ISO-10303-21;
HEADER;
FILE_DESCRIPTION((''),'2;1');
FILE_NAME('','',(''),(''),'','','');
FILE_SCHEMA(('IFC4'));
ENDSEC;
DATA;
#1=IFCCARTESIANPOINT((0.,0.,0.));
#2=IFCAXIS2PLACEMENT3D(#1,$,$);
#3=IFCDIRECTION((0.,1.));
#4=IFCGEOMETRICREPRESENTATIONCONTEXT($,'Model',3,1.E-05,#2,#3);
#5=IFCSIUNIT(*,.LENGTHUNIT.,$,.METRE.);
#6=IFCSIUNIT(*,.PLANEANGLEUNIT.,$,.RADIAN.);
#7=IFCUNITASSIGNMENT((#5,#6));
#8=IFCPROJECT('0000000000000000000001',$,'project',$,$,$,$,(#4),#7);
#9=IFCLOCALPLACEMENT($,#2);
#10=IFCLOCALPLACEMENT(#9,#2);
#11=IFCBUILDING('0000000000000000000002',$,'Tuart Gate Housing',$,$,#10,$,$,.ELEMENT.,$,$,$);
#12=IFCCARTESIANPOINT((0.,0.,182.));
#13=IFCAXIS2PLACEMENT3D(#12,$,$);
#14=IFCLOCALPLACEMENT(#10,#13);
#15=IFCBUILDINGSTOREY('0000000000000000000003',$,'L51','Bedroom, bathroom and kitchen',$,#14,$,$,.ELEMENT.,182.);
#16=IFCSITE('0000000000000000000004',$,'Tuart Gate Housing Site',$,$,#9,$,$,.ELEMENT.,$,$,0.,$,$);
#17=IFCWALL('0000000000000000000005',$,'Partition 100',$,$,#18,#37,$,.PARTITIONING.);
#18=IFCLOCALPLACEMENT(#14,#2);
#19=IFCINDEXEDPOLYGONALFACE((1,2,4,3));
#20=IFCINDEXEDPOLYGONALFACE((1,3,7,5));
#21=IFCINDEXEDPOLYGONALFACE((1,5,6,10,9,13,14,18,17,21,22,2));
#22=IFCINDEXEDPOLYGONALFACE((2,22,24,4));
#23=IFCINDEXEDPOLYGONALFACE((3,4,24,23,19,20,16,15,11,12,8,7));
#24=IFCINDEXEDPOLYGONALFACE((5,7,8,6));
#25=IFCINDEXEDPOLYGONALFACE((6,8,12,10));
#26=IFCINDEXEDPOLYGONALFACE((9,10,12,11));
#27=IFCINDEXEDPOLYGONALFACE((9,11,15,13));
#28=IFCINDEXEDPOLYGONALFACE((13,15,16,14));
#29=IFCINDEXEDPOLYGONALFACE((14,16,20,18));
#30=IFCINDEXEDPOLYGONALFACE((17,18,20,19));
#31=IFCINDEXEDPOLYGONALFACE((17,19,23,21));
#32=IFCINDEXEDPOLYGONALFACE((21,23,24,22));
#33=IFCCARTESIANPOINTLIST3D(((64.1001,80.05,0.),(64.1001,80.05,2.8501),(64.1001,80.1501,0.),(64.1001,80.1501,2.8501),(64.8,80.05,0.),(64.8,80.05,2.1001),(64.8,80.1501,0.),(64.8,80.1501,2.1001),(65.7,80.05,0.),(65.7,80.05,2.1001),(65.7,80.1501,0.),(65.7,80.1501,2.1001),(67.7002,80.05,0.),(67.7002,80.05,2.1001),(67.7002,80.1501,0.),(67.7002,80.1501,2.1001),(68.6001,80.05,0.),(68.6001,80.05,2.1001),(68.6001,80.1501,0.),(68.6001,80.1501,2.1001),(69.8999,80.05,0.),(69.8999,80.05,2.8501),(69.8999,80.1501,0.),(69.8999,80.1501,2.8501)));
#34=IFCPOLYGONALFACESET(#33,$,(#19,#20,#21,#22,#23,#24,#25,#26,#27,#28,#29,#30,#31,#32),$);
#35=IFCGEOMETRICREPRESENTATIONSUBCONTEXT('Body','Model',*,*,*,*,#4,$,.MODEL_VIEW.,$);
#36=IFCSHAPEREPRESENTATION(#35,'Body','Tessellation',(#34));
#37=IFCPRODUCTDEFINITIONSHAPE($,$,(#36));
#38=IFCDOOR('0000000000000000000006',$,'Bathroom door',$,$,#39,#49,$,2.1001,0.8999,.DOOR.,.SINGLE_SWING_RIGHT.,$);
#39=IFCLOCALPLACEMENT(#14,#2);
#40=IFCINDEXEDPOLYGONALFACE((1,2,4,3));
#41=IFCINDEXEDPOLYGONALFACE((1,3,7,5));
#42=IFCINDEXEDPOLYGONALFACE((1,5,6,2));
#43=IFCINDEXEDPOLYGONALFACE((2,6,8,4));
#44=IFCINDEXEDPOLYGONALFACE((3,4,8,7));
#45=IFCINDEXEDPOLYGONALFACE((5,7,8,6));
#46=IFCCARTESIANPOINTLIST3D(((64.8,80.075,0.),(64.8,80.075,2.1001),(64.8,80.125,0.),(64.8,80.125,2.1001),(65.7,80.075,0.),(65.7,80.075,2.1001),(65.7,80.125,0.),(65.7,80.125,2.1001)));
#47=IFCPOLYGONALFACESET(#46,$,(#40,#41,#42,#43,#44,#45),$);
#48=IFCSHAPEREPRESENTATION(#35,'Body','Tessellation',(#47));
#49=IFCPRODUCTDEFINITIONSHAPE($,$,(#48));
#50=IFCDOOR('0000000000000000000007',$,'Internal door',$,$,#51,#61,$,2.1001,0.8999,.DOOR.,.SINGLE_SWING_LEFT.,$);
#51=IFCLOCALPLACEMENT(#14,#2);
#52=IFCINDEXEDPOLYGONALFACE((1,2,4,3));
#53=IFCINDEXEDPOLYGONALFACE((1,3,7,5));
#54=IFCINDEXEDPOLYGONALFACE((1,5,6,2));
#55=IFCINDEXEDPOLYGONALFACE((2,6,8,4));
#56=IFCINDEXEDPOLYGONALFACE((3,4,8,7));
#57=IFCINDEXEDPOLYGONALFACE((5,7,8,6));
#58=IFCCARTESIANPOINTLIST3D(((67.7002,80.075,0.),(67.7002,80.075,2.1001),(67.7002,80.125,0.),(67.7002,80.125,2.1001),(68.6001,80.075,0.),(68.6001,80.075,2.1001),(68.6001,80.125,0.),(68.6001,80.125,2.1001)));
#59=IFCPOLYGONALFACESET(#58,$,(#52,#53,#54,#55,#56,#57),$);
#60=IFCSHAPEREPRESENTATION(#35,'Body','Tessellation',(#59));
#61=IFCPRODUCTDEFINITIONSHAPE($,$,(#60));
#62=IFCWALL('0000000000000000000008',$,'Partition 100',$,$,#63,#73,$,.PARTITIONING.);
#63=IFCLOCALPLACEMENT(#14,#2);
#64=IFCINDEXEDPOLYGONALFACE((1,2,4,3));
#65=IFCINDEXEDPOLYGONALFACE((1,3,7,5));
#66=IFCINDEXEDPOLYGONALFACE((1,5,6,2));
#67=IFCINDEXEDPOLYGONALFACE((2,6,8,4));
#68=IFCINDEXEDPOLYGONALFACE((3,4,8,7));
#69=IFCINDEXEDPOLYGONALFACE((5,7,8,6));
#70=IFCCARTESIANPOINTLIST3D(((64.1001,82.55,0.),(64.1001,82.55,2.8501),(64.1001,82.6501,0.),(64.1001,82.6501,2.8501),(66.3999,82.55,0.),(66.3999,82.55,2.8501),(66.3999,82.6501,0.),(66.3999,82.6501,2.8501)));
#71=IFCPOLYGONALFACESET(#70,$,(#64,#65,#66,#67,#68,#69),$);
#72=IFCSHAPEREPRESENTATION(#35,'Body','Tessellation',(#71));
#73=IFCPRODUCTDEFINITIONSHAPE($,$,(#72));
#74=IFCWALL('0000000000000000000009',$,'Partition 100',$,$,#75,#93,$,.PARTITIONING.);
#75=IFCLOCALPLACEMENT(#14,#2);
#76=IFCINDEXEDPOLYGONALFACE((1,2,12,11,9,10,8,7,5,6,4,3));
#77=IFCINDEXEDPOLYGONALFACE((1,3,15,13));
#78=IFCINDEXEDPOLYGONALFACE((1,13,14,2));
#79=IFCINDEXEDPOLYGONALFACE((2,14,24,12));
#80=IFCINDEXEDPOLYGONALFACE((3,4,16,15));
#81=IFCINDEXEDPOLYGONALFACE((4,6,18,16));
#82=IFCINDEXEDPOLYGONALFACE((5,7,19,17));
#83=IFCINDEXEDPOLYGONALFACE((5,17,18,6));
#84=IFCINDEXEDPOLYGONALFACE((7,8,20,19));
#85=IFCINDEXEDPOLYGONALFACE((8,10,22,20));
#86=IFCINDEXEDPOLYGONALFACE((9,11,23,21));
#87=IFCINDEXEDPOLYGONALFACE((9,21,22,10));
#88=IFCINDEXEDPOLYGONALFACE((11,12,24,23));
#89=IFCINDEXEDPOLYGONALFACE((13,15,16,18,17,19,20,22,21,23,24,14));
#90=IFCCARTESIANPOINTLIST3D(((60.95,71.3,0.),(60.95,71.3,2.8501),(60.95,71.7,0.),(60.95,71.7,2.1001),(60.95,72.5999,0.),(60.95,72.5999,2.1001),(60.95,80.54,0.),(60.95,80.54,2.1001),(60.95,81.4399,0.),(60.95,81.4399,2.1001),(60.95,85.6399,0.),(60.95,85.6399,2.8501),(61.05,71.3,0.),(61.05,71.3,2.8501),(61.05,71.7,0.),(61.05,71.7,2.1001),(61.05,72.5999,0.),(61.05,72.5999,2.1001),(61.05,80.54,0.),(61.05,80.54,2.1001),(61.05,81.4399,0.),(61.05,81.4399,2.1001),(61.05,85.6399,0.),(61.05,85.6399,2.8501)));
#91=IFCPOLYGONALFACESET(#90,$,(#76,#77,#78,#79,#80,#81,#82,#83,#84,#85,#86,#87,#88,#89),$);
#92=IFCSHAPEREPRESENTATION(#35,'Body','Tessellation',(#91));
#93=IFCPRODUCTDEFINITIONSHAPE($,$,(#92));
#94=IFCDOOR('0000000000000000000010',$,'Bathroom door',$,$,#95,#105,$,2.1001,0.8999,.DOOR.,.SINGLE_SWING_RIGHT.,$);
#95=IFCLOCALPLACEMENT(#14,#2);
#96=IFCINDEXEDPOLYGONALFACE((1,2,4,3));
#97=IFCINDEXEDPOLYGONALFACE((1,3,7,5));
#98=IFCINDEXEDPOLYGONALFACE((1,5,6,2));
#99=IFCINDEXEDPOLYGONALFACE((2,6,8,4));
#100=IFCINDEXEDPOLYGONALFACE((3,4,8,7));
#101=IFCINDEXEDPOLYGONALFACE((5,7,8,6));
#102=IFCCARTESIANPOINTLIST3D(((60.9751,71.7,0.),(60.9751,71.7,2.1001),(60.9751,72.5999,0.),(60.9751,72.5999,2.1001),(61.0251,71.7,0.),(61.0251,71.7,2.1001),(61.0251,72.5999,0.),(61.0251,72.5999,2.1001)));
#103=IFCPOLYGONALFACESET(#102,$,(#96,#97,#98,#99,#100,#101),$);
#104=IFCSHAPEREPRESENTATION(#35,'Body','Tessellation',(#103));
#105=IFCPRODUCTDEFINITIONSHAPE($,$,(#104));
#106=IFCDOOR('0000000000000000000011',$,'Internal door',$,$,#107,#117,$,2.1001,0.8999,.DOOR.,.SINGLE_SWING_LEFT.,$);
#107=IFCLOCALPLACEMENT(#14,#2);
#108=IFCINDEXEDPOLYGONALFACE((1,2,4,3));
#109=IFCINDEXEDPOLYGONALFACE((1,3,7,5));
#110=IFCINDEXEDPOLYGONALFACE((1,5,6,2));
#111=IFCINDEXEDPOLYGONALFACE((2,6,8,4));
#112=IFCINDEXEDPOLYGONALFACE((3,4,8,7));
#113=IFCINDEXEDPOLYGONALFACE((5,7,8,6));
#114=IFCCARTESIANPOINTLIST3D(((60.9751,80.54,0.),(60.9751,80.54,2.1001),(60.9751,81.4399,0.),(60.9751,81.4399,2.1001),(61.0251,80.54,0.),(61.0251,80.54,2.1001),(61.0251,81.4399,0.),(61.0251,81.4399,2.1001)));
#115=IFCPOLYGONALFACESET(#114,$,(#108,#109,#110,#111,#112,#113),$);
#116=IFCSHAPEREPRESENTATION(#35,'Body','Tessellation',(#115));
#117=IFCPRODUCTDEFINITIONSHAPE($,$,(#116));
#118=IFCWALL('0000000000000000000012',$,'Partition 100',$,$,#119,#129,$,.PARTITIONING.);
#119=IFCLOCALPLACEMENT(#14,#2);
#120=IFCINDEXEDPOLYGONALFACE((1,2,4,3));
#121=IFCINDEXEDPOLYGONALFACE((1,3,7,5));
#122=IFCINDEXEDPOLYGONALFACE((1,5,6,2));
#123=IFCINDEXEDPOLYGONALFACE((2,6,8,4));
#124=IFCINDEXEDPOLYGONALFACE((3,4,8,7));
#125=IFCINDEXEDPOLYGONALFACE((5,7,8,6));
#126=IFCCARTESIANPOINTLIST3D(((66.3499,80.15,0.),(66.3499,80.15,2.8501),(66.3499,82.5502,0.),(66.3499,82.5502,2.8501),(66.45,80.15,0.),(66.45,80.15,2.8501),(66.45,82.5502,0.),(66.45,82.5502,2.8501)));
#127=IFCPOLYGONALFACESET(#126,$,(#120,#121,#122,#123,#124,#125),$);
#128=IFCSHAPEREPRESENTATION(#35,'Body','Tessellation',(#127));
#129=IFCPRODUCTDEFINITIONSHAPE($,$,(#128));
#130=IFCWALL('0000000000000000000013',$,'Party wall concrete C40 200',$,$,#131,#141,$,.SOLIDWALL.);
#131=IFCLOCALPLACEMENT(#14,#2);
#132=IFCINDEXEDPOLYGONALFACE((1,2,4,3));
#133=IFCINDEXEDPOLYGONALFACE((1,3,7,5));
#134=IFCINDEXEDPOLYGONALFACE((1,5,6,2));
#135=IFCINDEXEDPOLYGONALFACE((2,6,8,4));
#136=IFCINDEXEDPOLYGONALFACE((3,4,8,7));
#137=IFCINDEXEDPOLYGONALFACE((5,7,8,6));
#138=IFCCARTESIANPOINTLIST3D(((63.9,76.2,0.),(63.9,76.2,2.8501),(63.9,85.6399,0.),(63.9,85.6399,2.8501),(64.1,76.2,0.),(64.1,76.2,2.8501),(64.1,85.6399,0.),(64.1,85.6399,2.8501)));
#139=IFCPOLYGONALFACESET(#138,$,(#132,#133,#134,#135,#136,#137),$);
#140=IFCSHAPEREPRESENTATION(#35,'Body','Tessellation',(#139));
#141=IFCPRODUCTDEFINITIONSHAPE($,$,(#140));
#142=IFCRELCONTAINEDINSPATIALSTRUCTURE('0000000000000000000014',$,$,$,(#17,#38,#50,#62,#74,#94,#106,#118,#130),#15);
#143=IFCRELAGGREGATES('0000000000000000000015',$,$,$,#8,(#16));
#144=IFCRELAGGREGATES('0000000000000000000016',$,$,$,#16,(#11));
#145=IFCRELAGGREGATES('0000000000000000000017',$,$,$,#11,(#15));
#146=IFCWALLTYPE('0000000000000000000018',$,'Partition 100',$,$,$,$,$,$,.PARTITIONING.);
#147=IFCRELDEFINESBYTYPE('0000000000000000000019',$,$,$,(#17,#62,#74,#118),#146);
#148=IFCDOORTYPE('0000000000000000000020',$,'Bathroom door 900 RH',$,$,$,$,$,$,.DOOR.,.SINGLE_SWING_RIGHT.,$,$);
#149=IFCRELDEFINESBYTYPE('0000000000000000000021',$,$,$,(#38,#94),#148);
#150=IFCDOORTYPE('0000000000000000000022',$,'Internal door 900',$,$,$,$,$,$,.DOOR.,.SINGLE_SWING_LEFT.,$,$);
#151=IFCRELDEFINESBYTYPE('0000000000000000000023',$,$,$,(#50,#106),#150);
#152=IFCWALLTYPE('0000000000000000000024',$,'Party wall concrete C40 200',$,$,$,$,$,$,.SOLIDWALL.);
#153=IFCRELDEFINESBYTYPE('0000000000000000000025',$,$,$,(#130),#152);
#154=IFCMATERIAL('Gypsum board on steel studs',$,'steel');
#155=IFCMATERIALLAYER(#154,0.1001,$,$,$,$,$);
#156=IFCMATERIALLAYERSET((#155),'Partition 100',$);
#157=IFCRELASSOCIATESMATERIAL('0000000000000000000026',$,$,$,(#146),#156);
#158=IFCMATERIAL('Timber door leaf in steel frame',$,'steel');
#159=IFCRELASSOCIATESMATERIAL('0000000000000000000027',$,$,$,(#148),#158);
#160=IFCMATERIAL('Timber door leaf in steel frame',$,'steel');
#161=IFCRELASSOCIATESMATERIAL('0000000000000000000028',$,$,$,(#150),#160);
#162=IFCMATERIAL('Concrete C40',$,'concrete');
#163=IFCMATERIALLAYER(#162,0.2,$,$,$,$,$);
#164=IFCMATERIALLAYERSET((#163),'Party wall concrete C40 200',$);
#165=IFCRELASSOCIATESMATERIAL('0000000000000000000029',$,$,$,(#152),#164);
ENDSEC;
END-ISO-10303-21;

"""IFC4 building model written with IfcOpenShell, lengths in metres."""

from ifc_helpers import new_model, si_unit, direction, frame, frame_2d, origin, place, context, subcontext, project, spatial, rectangle, extrude, material, layer, layer_set, type_object, element, fill, save


model = new_model("IFC4")

# Units and contexts
model_context = context("Model", 3, precision=1e-05, world=origin(), true_north=direction((0.0, 1.0)))
body_context = subcontext(model_context, "Body", "Model", "MODEL_VIEW")
ifc_project = project(units=[si_unit("LENGTHUNIT", "METRE"), si_unit("PLANEANGLEUNIT", "RADIAN")], contexts=[model_context])

# Site, building, storey
site_placement = place(None, origin())
site = spatial("IfcSite", under=ifc_project, at=site_placement, Name="Tuart Gate Housing Site", CompositionType="ELEMENT", RefElevation=0.0)
building_placement = place(site_placement, origin())
building = spatial("IfcBuilding", under=site, at=building_placement, Name="Tuart Gate Housing", CompositionType="ELEMENT")
storey_placement = place(building_placement, frame((0.0, 0.0, 182.0)))
storey = spatial("IfcBuildingStorey", under=building, at=storey_placement, Name="L51", Description="Bedroom, bathroom and kitchen", CompositionType="ELEMENT", Elevation=182.0)

# Shared definitions
ifc_material_1 = material(Name="Gypsum board on steel studs", Category="steel")
ifc_layer_1 = layer(ifc_material_1, 0.1001)
ifc_layer_set_1 = layer_set([ifc_layer_1], Name="Partition 100")
wall_type_1 = type_object("IfcWallType", Name="Partition 100", PredefinedType="PARTITIONING", material=ifc_layer_set_1)

# Wall, openings, doors
wall_1_placement = place(storey_placement, frame((64.1001, 80.1001, 0.0), z_axis=(0.0, 0.0, 1.0), x_axis=(1.0, 0.0, 0.0)))
wall_1 = element("IfcWall", 1, at=wall_1_placement, inside=storey, type_object=wall_type_1, Name="Partition 100", PredefinedType="PARTITIONING", context=body_context, shape_type="SweptSolid", body=[
    extrude(rectangle(XDim=5.7998, YDim=0.1001, at=frame_2d((2.8999, 0.0))), origin(), (0.0, 0.0, 1.0), 2.8501),
])
opening_1_placement = place(wall_1_placement, frame((3.6001, 0.0, 0.0)))
opening_1 = element("IfcOpeningElement", 2, at=opening_1_placement, cuts=wall_1, PredefinedType="OPENING", context=body_context, shape_type="SweptSolid", body=[
    extrude(rectangle(XDim=0.8999, YDim=2.1001, at=frame_2d((0.45, 1.05))), frame((0.0, 0.0601, 0.0), z_axis=(0.0, -1.0, 0.0), x_axis=(1.0, 0.0, 0.0)), (0.0, 0.0, 1.0), 0.1201),
])
opening_2_placement = place(wall_1_placement, frame((0.7, 0.0, 0.0)))
opening_2 = element("IfcOpeningElement", 3, at=opening_2_placement, cuts=wall_1, PredefinedType="OPENING", context=body_context, shape_type="SweptSolid", body=[
    extrude(rectangle(XDim=0.8999, YDim=2.1001, at=frame_2d((0.45, 1.05))), frame((0.0, 0.0601, 0.0), z_axis=(0.0, -1.0, 0.0), x_axis=(1.0, 0.0, 0.0)), (0.0, 0.0, 1.0), 0.1201),
])
ifc_material_2 = material(Name="Timber door leaf in steel frame", Category="steel")
door_type_1 = type_object("IfcDoorType", Name="Bathroom door 900 RH", OperationType="SINGLE_SWING_RIGHT", PredefinedType="DOOR", material=ifc_material_2)
door_1_placement = place(opening_2_placement, origin())
door_1 = element("IfcDoor", 4, at=door_1_placement, inside=storey, type_object=door_type_1, Name="Bathroom door", OperationType="SINGLE_SWING_RIGHT", OverallHeight=2.1001, OverallWidth=0.8999, PredefinedType="DOOR", context=body_context, shape_type="SweptSolid", body=[
    extrude(rectangle(XDim=0.8999, YDim=2.1001, at=frame_2d((0.45, 1.05))), frame((0.0, 0.0249, 0.0), z_axis=(0.0, -1.0, 0.0), x_axis=(1.0, 0.0, 0.0)), (0.0, 0.0, 1.0), 0.05),
])
fill(opening_2, door_1)
ifc_material_3 = material(Name="Timber door leaf in steel frame", Category="steel")
door_type_2 = type_object("IfcDoorType", Name="Internal door 900", OperationType="SINGLE_SWING_LEFT", PredefinedType="DOOR", material=ifc_material_3)
door_2_placement = place(opening_1_placement, frame((0.8999, 0.0, 0.0), z_axis=(0.0, 0.0, 1.0), x_axis=(-1.0, 0.0, 0.0)))
door_2 = element("IfcDoor", 5, at=door_2_placement, inside=storey, type_object=door_type_2, Name="Internal door", OperationType="SINGLE_SWING_LEFT", OverallHeight=2.1001, OverallWidth=0.8999, PredefinedType="DOOR", context=body_context, shape_type="SweptSolid", body=[
    extrude(rectangle(XDim=0.8999, YDim=2.1001, at=frame_2d((0.45, 1.05))), frame((0.0, 0.0251, 0.0), z_axis=(0.0, -1.0, 0.0), x_axis=(1.0, 0.0, 0.0)), (0.0, 0.0, 1.0), 0.05),
])
fill(opening_1, door_2)

# Wall
wall_2_placement = place(storey_placement, frame((64.1001, 82.6001, 0.0), z_axis=(0.0, 0.0, 1.0), x_axis=(1.0, 0.0, 0.0)))
element("IfcWall", 6, at=wall_2_placement, inside=storey, type_object=wall_type_1, Name="Partition 100", PredefinedType="PARTITIONING", context=body_context, shape_type="SweptSolid", body=[
    extrude(rectangle(XDim=2.2998, YDim=0.1001, at=frame_2d((1.1499, 0.0))), origin(), (0.0, 0.0, 1.0), 2.8501),
])

# Wall, openings, doors
wall_3_placement = place(storey_placement, frame((61.0, 71.3, 0.0), z_axis=(0.0, 0.0, 1.0), x_axis=(0.0, 1.0, 0.0)))
wall_3 = element("IfcWall", 7, at=wall_3_placement, inside=storey, type_object=wall_type_1, Name="Partition 100", PredefinedType="PARTITIONING", context=body_context, shape_type="SweptSolid", body=[
    extrude(rectangle(XDim=14.3398, YDim=0.1001, at=frame_2d((7.1699, 0.0))), origin(), (0.0, 0.0, 1.0), 2.8501),
])
opening_3_placement = place(wall_3_placement, frame((9.24, 0.0, 0.0)))
opening_3 = element("IfcOpeningElement", 8, at=opening_3_placement, cuts=wall_3, PredefinedType="OPENING", context=body_context, shape_type="SweptSolid", body=[
    extrude(rectangle(XDim=0.8999, YDim=2.1001, at=frame_2d((0.45, 1.05))), frame((0.0, 0.0601, 0.0), z_axis=(0.0, -1.0, 0.0), x_axis=(1.0, 0.0, 0.0)), (0.0, 0.0, 1.0), 0.1201),
])
opening_4_placement = place(wall_3_placement, frame((0.3999, 0.0, 0.0)))
opening_4 = element("IfcOpeningElement", 9, at=opening_4_placement, cuts=wall_3, PredefinedType="OPENING", context=body_context, shape_type="SweptSolid", body=[
    extrude(rectangle(XDim=0.8999, YDim=2.1001, at=frame_2d((0.45, 1.05))), frame((0.0, 0.0601, 0.0), z_axis=(0.0, -1.0, 0.0), x_axis=(1.0, 0.0, 0.0)), (0.0, 0.0, 1.0), 0.1201),
])
door_3_placement = place(opening_4_placement, frame((0.8999, 0.0, 0.0), z_axis=(0.0, 0.0, 1.0), x_axis=(-1.0, 0.0, 0.0)))
door_3 = element("IfcDoor", 10, at=door_3_placement, inside=storey, type_object=door_type_1, Name="Bathroom door", OperationType="SINGLE_SWING_RIGHT", OverallHeight=2.1001, OverallWidth=0.8999, PredefinedType="DOOR", context=body_context, shape_type="SweptSolid", body=[
    extrude(rectangle(XDim=0.8999, YDim=2.1001, at=frame_2d((0.45, 1.05))), frame((0.0, 0.0251, 0.0), z_axis=(0.0, -1.0, 0.0), x_axis=(1.0, 0.0, 0.0)), (0.0, 0.0, 1.0), 0.05),
])
fill(opening_4, door_3)
door_4_placement = place(opening_3_placement, frame((0.8999, 0.0, 0.0), z_axis=(0.0, 0.0, 1.0), x_axis=(-1.0, 0.0, 0.0)))
door_4 = element("IfcDoor", 11, at=door_4_placement, inside=storey, type_object=door_type_2, Name="Internal door", OperationType="SINGLE_SWING_LEFT", OverallHeight=2.1001, OverallWidth=0.8999, PredefinedType="DOOR", context=body_context, shape_type="SweptSolid", body=[
    extrude(rectangle(XDim=0.8999, YDim=2.1001, at=frame_2d((0.45, 1.05))), frame((0.0, 0.0251, 0.0), z_axis=(0.0, -1.0, 0.0), x_axis=(1.0, 0.0, 0.0)), (0.0, 0.0, 1.0), 0.05),
])
fill(opening_3, door_4)

# Walls
wall_4_placement = place(storey_placement, frame((66.3999, 80.1499, 0.0), z_axis=(0.0, 0.0, 1.0), x_axis=(0.0, 1.0, 0.0)))
element("IfcWall", 12, at=wall_4_placement, inside=storey, type_object=wall_type_1, Name="Partition 100", PredefinedType="PARTITIONING", context=body_context, shape_type="SweptSolid", body=[
    extrude(rectangle(XDim=2.4001, YDim=0.1001, at=frame_2d((1.2002, 0.0))), origin(), (0.0, 0.0, 1.0), 2.8501),
])
ifc_material_4 = material(Name="Concrete C40", Category="concrete")
ifc_layer_2 = layer(ifc_material_4, 0.2)
ifc_layer_set_2 = layer_set([ifc_layer_2], Name="Party wall concrete C40 200")
wall_type_2 = type_object("IfcWallType", Name="Party wall concrete C40 200", PredefinedType="SOLIDWALL", material=ifc_layer_set_2)
wall_5_placement = place(storey_placement, frame((64.0, 76.2, 0.0), z_axis=(0.0, 0.0, 1.0), x_axis=(0.0, 1.0, 0.0)))
element("IfcWall", 13, at=wall_5_placement, inside=storey, type_object=wall_type_2, Name="Party wall concrete C40 200", PredefinedType="SOLIDWALL", context=body_context, shape_type="SweptSolid", body=[
    extrude(rectangle(XDim=9.4399, YDim=0.2, at=frame_2d((4.72, 0.0))), origin(), (0.0, 0.0, 1.0), 2.8501),
])

save(model, "model.ifc")
